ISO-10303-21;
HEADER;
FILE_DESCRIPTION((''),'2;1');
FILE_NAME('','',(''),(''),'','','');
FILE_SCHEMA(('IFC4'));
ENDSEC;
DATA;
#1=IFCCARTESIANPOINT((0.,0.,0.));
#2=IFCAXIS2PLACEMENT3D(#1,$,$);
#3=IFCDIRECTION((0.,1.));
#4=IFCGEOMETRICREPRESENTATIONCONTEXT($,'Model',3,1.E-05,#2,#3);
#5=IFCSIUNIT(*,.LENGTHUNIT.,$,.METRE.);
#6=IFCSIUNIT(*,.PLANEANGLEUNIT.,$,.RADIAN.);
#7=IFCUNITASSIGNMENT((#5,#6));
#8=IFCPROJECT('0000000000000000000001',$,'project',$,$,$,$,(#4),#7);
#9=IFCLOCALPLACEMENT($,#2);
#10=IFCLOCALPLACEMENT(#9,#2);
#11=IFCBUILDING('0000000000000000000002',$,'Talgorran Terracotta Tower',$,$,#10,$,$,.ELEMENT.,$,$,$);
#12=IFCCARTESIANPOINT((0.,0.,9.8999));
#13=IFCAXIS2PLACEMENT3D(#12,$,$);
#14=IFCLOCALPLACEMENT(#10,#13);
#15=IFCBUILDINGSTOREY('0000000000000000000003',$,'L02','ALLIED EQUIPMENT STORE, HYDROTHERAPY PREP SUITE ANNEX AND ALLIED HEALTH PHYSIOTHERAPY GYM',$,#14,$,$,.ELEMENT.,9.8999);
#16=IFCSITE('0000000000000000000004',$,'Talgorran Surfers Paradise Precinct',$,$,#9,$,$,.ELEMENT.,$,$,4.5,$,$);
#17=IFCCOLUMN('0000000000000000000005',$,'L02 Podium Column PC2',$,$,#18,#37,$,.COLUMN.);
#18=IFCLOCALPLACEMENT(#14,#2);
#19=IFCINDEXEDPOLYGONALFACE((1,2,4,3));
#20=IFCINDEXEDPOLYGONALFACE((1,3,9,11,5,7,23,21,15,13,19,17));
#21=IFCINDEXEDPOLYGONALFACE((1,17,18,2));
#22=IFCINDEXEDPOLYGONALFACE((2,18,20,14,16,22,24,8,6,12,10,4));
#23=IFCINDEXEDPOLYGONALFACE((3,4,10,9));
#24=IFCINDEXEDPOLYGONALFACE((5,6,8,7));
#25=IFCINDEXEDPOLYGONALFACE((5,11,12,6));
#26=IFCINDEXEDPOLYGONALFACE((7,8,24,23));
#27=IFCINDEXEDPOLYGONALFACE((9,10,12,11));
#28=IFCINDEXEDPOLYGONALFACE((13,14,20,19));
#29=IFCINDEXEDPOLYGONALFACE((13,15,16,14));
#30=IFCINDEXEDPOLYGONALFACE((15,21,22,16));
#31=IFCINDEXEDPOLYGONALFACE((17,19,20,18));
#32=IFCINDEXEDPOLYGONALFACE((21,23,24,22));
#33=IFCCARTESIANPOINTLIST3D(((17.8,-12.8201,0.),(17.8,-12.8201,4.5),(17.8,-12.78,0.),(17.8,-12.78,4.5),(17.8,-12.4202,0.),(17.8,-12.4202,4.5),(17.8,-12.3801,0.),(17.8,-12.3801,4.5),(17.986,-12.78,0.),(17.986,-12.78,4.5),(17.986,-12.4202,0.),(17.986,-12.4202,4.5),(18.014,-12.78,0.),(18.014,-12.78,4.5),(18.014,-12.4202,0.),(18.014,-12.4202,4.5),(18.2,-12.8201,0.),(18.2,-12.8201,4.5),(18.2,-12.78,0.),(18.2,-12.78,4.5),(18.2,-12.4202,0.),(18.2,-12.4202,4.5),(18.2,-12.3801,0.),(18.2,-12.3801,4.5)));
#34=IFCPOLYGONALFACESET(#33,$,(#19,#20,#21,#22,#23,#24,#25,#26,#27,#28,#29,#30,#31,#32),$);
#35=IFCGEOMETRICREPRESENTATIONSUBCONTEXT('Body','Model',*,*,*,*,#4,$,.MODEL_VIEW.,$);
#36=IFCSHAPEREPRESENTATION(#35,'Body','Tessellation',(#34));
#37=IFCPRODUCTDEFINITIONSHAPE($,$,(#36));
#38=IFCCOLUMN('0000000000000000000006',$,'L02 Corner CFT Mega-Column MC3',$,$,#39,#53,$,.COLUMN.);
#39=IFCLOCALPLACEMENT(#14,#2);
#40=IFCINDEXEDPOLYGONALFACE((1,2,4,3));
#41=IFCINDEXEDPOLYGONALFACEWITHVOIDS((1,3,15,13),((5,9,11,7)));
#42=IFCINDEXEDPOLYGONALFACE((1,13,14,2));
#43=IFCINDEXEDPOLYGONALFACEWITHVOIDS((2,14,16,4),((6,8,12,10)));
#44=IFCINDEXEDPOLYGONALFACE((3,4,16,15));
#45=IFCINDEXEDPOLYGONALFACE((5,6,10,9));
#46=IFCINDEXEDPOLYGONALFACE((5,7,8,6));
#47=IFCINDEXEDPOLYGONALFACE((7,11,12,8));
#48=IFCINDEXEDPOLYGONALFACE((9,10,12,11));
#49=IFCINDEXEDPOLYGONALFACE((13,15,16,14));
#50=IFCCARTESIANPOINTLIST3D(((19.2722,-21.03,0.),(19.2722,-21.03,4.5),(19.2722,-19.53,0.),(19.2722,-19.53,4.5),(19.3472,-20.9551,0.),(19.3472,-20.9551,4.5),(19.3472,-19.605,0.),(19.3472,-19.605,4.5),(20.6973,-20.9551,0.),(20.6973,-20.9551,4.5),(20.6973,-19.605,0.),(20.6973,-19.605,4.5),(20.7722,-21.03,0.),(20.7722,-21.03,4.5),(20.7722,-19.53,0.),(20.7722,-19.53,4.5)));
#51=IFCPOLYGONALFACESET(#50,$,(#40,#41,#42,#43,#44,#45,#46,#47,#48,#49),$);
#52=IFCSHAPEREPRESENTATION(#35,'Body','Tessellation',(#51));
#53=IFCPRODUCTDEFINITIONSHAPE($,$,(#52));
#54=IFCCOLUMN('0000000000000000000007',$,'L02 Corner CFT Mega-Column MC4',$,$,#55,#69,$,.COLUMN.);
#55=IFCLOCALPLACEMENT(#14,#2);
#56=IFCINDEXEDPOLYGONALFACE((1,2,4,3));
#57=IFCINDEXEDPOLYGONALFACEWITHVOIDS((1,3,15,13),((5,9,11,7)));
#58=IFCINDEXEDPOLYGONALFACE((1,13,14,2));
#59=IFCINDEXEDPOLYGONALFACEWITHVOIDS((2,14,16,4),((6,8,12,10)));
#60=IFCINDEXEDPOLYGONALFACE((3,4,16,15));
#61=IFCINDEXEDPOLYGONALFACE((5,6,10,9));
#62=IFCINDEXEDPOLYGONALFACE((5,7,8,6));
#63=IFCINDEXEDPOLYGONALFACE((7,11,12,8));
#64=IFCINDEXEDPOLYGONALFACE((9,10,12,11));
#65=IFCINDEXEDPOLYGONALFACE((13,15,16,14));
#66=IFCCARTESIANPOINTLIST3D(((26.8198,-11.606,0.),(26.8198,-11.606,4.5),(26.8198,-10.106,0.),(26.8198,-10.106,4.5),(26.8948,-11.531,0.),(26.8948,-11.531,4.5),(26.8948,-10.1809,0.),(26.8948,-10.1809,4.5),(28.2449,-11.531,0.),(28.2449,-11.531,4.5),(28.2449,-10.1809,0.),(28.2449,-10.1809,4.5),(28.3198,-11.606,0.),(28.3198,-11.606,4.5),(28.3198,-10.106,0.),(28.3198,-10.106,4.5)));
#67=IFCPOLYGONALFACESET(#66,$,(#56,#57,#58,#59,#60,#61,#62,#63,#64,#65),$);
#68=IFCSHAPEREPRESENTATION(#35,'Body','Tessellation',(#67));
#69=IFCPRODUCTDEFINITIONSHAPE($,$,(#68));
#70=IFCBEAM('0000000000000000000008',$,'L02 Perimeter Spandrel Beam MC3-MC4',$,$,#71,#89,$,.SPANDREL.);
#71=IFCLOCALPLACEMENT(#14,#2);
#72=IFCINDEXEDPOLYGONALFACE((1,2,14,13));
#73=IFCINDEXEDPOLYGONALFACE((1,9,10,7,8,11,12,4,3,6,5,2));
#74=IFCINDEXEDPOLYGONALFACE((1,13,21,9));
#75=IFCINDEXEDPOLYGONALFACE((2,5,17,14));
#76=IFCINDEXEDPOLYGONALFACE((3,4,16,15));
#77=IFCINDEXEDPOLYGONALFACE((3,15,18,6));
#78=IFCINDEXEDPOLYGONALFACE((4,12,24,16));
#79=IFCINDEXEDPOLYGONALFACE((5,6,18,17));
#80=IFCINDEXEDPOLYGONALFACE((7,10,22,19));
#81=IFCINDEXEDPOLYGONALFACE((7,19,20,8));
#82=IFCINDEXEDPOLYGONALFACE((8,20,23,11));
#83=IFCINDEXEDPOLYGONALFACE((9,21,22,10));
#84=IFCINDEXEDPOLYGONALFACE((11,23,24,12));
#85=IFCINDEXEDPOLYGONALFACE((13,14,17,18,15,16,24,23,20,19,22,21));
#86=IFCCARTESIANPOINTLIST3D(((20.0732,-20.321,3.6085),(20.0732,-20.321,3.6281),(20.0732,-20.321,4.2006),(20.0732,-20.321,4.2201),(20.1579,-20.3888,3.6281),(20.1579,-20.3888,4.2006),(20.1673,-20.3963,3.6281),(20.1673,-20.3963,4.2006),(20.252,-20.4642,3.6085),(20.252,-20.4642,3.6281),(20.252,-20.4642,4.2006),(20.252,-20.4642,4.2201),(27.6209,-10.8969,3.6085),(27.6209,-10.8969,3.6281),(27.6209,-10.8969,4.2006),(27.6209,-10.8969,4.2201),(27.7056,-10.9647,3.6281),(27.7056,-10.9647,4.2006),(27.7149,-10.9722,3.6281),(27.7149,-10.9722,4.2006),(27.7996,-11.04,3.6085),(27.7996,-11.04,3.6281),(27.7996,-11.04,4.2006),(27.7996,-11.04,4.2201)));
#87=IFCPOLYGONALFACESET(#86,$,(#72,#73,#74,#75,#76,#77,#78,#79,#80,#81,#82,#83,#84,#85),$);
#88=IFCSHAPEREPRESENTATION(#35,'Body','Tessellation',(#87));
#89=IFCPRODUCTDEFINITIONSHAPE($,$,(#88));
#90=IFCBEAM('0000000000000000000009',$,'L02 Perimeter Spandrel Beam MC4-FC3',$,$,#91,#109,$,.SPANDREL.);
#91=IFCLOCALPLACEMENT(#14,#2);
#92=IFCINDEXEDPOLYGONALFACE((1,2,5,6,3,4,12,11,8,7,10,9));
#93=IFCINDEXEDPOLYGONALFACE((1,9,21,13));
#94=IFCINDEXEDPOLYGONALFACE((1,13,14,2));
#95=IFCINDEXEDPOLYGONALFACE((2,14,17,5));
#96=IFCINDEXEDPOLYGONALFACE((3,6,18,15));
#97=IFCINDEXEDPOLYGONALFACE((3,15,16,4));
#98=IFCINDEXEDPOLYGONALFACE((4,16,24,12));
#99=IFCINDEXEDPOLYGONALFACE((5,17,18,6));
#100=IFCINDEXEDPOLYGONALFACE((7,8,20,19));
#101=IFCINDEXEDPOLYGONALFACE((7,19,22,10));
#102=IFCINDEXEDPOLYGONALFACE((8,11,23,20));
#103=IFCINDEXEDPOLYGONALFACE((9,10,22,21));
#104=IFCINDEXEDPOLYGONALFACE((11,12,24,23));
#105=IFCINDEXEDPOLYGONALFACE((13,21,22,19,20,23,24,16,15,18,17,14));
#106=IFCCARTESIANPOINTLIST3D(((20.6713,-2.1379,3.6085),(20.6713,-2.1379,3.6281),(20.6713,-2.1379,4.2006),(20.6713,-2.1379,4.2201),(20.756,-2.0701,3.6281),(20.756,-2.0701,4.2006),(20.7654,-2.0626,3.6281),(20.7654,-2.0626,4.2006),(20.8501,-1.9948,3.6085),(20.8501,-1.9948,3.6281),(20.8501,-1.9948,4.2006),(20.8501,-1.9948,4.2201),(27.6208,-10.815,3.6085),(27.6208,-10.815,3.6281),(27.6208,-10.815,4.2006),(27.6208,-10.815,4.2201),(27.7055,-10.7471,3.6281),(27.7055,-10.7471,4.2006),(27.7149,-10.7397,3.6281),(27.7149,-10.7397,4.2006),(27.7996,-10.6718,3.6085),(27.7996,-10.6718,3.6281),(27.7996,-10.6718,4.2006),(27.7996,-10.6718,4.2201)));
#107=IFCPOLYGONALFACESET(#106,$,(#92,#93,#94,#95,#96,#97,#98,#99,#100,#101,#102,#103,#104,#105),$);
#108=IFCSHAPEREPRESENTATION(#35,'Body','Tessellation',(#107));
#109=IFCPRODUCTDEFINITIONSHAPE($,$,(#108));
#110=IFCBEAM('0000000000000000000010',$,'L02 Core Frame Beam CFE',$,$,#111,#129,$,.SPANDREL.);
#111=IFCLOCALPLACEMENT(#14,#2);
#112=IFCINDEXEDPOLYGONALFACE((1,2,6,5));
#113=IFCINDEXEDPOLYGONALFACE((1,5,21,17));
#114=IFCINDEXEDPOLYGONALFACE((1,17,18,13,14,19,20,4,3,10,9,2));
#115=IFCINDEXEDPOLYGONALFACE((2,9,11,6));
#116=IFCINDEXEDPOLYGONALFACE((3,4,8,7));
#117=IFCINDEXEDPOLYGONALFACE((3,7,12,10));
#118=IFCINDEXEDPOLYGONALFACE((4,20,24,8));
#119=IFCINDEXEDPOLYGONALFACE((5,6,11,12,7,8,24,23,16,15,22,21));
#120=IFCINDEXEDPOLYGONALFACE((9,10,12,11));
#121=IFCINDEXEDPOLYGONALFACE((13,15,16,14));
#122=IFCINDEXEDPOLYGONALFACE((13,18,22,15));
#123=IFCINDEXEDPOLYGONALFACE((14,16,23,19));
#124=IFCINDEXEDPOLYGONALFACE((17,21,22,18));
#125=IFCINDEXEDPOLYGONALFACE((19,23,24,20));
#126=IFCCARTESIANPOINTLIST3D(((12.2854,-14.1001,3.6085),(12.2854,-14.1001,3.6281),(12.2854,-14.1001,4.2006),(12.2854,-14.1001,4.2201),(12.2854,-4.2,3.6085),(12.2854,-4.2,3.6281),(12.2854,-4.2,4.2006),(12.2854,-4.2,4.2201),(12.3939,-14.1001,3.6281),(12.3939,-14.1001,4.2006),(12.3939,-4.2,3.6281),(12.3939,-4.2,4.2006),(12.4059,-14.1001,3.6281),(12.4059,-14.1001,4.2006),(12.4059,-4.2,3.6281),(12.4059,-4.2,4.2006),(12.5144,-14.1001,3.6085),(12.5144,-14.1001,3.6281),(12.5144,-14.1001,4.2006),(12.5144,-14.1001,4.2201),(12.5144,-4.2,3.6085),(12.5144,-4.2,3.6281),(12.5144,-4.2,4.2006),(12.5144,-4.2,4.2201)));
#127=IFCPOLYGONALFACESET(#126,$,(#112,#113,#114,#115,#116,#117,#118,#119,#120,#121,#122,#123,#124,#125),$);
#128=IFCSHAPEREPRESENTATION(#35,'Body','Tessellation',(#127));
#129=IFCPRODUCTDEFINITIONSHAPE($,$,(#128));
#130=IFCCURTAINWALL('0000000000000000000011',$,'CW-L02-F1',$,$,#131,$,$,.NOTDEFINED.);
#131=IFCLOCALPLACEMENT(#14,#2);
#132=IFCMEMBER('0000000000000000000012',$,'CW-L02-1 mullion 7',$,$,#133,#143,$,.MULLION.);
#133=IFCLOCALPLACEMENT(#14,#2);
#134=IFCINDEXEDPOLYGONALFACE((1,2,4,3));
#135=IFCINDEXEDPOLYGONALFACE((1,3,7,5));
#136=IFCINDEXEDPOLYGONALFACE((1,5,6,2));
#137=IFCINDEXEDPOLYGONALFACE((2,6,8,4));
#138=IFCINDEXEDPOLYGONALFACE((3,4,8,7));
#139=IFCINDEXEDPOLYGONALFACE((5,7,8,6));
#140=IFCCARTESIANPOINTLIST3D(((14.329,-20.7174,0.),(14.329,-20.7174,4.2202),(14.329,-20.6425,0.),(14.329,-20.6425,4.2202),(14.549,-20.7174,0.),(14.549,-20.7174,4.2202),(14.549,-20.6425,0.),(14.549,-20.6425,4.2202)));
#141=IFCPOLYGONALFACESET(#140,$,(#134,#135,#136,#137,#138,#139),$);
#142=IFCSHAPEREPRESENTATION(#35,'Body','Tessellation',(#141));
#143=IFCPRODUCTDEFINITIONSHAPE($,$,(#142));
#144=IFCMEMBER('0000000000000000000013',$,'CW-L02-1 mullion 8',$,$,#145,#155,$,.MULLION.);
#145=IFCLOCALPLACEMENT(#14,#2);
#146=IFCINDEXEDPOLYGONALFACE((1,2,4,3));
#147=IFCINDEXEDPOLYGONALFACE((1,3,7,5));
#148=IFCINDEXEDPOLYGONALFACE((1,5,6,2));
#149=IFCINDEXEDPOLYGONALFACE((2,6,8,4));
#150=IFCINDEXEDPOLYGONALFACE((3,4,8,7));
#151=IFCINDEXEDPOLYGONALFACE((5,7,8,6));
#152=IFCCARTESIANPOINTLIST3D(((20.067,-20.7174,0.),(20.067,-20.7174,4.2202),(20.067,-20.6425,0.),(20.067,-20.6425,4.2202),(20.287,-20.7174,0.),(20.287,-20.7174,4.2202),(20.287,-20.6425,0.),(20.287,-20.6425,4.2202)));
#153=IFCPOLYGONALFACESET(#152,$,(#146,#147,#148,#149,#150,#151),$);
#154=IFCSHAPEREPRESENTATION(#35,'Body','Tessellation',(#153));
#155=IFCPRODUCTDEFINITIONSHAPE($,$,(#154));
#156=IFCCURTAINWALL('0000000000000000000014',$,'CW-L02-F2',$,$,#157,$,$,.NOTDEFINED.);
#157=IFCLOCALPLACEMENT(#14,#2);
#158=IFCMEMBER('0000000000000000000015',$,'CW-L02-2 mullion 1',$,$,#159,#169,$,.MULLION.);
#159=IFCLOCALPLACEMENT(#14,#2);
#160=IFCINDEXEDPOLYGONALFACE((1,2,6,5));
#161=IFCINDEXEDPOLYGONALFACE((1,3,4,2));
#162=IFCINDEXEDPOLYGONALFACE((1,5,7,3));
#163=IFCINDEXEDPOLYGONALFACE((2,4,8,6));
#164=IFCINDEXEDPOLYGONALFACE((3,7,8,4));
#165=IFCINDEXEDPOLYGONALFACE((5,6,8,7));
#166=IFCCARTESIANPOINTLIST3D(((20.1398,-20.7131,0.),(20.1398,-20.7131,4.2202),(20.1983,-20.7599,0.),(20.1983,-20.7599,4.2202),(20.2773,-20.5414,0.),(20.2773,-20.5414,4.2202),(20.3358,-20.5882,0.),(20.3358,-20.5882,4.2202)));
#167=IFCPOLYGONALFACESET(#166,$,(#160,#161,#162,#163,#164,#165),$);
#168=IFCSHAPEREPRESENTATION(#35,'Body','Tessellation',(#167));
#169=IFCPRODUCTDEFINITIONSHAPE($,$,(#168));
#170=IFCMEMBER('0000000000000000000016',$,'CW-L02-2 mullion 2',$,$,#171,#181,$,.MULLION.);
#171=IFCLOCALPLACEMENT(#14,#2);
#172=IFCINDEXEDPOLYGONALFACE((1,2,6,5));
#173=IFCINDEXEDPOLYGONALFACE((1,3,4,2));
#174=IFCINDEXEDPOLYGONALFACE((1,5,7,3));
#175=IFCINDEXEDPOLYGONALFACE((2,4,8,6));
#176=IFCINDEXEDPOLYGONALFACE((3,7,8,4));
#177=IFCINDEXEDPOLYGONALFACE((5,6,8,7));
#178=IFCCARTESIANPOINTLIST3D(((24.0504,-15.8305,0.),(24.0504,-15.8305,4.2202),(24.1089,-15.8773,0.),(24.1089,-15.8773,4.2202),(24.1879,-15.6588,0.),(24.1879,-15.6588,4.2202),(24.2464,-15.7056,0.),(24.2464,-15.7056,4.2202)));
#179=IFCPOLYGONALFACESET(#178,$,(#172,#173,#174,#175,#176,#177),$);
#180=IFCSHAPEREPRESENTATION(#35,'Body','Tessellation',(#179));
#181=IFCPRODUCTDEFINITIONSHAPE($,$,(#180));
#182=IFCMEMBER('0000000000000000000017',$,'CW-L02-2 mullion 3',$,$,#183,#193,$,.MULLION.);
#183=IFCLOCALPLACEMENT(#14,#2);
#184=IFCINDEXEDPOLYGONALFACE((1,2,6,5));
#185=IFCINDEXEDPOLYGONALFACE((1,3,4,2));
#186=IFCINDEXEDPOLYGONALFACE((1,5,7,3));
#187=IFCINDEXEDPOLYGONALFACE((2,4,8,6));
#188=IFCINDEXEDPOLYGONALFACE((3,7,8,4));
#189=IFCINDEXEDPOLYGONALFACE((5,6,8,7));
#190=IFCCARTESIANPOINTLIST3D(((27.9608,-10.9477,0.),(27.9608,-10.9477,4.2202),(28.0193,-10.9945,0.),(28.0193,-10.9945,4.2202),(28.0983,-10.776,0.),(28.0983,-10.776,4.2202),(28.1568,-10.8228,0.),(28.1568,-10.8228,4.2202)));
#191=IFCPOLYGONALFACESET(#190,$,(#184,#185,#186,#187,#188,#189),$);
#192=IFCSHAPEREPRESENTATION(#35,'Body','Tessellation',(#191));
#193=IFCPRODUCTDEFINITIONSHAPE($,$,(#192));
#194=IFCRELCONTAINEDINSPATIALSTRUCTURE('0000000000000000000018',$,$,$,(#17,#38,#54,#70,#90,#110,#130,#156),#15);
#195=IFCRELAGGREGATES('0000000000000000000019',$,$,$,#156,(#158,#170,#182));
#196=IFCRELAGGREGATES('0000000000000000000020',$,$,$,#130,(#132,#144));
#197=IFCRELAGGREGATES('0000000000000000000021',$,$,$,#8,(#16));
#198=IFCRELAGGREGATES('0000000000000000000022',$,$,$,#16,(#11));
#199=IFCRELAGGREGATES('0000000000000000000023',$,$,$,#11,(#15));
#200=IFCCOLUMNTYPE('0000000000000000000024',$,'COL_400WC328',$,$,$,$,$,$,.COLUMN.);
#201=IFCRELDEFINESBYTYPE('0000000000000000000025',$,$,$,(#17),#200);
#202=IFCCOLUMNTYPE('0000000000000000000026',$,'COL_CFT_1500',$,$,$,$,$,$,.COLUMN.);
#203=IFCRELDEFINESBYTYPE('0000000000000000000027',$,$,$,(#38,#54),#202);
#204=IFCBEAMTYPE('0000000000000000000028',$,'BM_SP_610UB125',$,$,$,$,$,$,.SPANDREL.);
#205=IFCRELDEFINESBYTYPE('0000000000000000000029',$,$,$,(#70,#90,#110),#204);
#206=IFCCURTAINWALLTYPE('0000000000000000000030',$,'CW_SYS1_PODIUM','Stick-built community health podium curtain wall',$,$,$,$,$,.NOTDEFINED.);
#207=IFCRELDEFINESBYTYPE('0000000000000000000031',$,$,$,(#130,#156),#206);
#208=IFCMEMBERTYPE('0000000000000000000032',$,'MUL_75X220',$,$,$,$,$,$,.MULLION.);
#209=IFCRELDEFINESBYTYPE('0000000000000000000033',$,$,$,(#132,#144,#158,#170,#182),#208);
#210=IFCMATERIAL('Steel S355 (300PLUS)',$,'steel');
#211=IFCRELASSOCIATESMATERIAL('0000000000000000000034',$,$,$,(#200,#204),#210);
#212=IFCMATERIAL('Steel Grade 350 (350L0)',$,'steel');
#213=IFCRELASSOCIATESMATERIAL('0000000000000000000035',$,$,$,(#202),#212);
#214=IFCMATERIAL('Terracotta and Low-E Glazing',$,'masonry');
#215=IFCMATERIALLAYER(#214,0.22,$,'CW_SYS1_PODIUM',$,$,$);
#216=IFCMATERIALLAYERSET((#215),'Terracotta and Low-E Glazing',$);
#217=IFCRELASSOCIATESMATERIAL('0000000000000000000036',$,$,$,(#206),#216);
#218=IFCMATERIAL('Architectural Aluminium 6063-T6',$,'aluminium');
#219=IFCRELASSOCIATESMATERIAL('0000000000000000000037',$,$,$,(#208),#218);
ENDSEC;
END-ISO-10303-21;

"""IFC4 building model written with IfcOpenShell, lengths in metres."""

from ifc_helpers import new_model, si_unit, direction, frame, origin, origin_2d, place, context, subcontext, project, spatial, rectangle, hollow_rectangle, i_section, extrude, material, layer, layer_set, material_profile, profile_set, type_object, element, aggregate, save


model = new_model("IFC4")

# Units and contexts
model_context = context("Model", 3, precision=1e-05, world=origin(), true_north=direction((0.0, 1.0)))
body_context = subcontext(model_context, "Body", "Model", "MODEL_VIEW")
ifc_project = project(units=[si_unit("LENGTHUNIT", "METRE"), si_unit("PLANEANGLEUNIT", "RADIAN")], contexts=[model_context])

# Site, building, storey
site_placement = place(None, origin())
site = spatial("IfcSite", under=ifc_project, at=site_placement, Name="Talgorran Surfers Paradise Precinct", CompositionType="ELEMENT", RefElevation=4.5)
building_placement = place(site_placement, origin())
building = spatial("IfcBuilding", under=site, at=building_placement, Name="Talgorran Terracotta Tower", CompositionType="ELEMENT")
storey_placement = place(building_placement, frame((0.0, 0.0, 9.8999)))
storey = spatial("IfcBuildingStorey", under=building, at=storey_placement, Name="L02", Description="ALLIED EQUIPMENT STORE, HYDROTHERAPY PREP SUITE ANNEX AND ALLIED HEALTH PHYSIOTHERAPY GYM", CompositionType="ELEMENT", Elevation=9.8999)

# Columns
ifc_material_1 = material(Name="Steel S355 (300PLUS)", Category="steel")
ifc_material_profile_1 = material_profile(ifc_material_1, i_section(OverallWidth=0.3999, OverallDepth=0.4399, WebThickness=0.0281, FlangeThickness=0.04, at=origin_2d()), Name="400WC328")
ifc_profile_set_1 = profile_set([ifc_material_profile_1], Name="Steel S355 (300PLUS)")
column_type_1 = type_object("IfcColumnType", Name="COL_400WC328", PredefinedType="COLUMN", material=ifc_profile_set_1)
column_placement = place(storey_placement, frame((18.0, -12.6001, 0.0), z_axis=(0.0, 0.0, 1.0), x_axis=(1.0, 0.0, 0.0)))
element("IfcColumn", 1, at=column_placement, inside=storey, type_object=column_type_1, Name="L02 Podium Column PC2", PredefinedType="COLUMN", context=body_context, shape_type="SweptSolid", body=[
    extrude(i_section(OverallWidth=0.3999, OverallDepth=0.4399, WebThickness=0.0281, FlangeThickness=0.04, at=origin_2d()), origin(), (0.0, 0.0, 1.0), 4.5),
])
ifc_material_2 = material(Name="Steel Grade 350 (350L0)", Category="steel")
ifc_material_profile_2 = material_profile(ifc_material_2, hollow_rectangle(XDim=1.5, YDim=1.5, WallThickness=0.075, at=origin_2d()), Name="CFT1500X1500X75")
ifc_profile_set_2 = profile_set([ifc_material_profile_2], Name="Steel Grade 350 (350L0)")
column_type_2 = type_object("IfcColumnType", Name="COL_CFT_1500", PredefinedType="COLUMN", material=ifc_profile_set_2)
for number, where, z_axis, x_axis, name in (
    (2, (20.0222, -20.28, 0.0), (0.0, 0.0, 1.0), (1.0, 0.0, 0.0), "L02 Corner CFT Mega-Column MC3"),
    (3, (27.5698, -10.856, 0.0), (0.0, 0.0, 1.0), (1.0, 0.0, 0.0), "L02 Corner CFT Mega-Column MC4"),
):
    element("IfcColumn", number, at=place(storey_placement, frame(where, z_axis=z_axis, x_axis=x_axis)), inside=storey, type_object=column_type_2, Name=name, PredefinedType="COLUMN", context=body_context, shape_type="SweptSolid", body=[
        extrude(hollow_rectangle(XDim=1.5, YDim=1.5, WallThickness=0.075, at=origin_2d()), origin(), (0.0, 0.0, 1.0), 4.5),
    ])

# Beams
ifc_material_profile_3 = material_profile(ifc_material_1, i_section(OverallWidth=0.229, OverallDepth=0.6116, WebThickness=0.012, FlangeThickness=0.0195, at=origin_2d()), Name="610UB125")
ifc_profile_set_3 = profile_set([ifc_material_profile_3], Name="Steel S355 (300PLUS)")
beam_type = type_object("IfcBeamType", Name="BM_SP_610UB125", PredefinedType="SPANDREL", material=ifc_profile_set_3)
beam_1_placement = place(storey_placement, frame((20.1626, -20.3926, 3.9143), z_axis=(0.625117, 0.780531, 0.0), x_axis=(-0.780531, 0.625117, 0.0)))
element("IfcBeam", 4, at=beam_1_placement, inside=storey, type_object=beam_type, Name="L02 Perimeter Spandrel Beam MC3-MC4", PredefinedType="SPANDREL", context=body_context, shape_type="SweptSolid", body=[
    extrude(i_section(OverallWidth=0.229, OverallDepth=0.6116, WebThickness=0.012, FlangeThickness=0.0195, at=origin_2d()), origin(), (0.0, 0.0, 1.0), 12.074),
])
beam_2_placement = place(storey_placement, frame((27.7102, -10.7434, 3.9143), z_axis=(-0.625126, 0.780524, 0.0), x_axis=(-0.780524, -0.625126, 0.0)))
element("IfcBeam", 5, at=beam_2_placement, inside=storey, type_object=beam_type, Name="L02 Perimeter Spandrel Beam MC4-FC3", PredefinedType="SPANDREL", context=body_context, shape_type="SweptSolid", body=[
    extrude(i_section(OverallWidth=0.229, OverallDepth=0.6116, WebThickness=0.012, FlangeThickness=0.0195, at=origin_2d()), origin(), (0.0, 0.0, 1.0), 11.1169),
])
beam_3_placement = place(storey_placement, frame((12.3999, -14.1001, 3.9143), z_axis=(0.0, 1.0, 0.0), x_axis=(-1.0, 0.0, 0.0)))
element("IfcBeam", 6, at=beam_3_placement, inside=storey, type_object=beam_type, Name="L02 Core Frame Beam CFE", PredefinedType="SPANDREL", context=body_context, shape_type="SweptSolid", body=[
    extrude(i_section(OverallWidth=0.229, OverallDepth=0.6116, WebThickness=0.012, FlangeThickness=0.0195, at=origin_2d()), origin(), (0.0, 0.0, 1.0), 9.9001),
])

# Curtain walls, members
ifc_material_3 = material(Name="Terracotta and Low-E Glazing", Category="masonry")
ifc_layer_1 = layer(ifc_material_3, 0.22, Name="CW_SYS1_PODIUM")
ifc_layer_set_1 = layer_set([ifc_layer_1], Name="Terracotta and Low-E Glazing")
curtain_wall_type = type_object("IfcCurtainWallType", Name="CW_SYS1_PODIUM", Description="Stick-built community health podium curtain wall", PredefinedType="NOTDEFINED", material=ifc_layer_set_1)
curtain_wall_1_placement = place(storey_placement, origin())
curtain_wall_1 = element("IfcCurtainWall", 7, at=curtain_wall_1_placement, inside=storey, type_object=curtain_wall_type, Name="CW-L02-F1", PredefinedType="NOTDEFINED")
ifc_material_4 = material(Name="Architectural Aluminium 6063-T6", Category="aluminium")
ifc_material_profile_4 = material_profile(ifc_material_4, rectangle(XDim=0.075, YDim=0.22, at=origin_2d()), Name="CWM75X220")
ifc_profile_set_4 = profile_set([ifc_material_profile_4], Name="Architectural Aluminium 6063-T6")
member_type_1 = type_object("IfcMemberType", Name="MUL_75X220", PredefinedType="MULLION", material=ifc_profile_set_4)
member_1_placement = place(storey_placement, frame((14.439, -20.6799, 0.0), z_axis=(0.0, 0.0, 1.0), x_axis=(0.0, 1.0, 0.0)))
member_1 = element("IfcMember", 8, at=member_1_placement, type_object=member_type_1, Name="CW-L02-1 mullion 7", PredefinedType="MULLION", context=body_context, shape_type="SweptSolid", body=[
    extrude(rectangle(XDim=0.075, YDim=0.22, at=origin_2d()), origin(), (0.0, 0.0, 1.0), 4.2202),
])
member_2_placement = place(storey_placement, frame((20.177, -20.6799, 0.0), z_axis=(0.0, 0.0, 1.0), x_axis=(0.0, 1.0, 0.0)))
member_2 = element("IfcMember", 9, at=member_2_placement, type_object=member_type_1, Name="CW-L02-1 mullion 8", PredefinedType="MULLION", context=body_context, shape_type="SweptSolid", body=[
    extrude(rectangle(XDim=0.075, YDim=0.22, at=origin_2d()), origin(), (0.0, 0.0, 1.0), 4.2202),
])
curtain_wall_2_placement = place(storey_placement, origin())
curtain_wall_2 = element("IfcCurtainWall", 10, at=curtain_wall_2_placement, inside=storey, type_object=curtain_wall_type, Name="CW-L02-F2", PredefinedType="NOTDEFINED")
member_3_placement = place(storey_placement, frame((20.2378, -20.6506, 0.0), z_axis=(0.0, 0.0, 1.0), x_axis=(-0.780532, 0.625116, 0.0)))
member_3 = element("IfcMember", 11, at=member_3_placement, type_object=member_type_1, Name="CW-L02-2 mullion 1", PredefinedType="MULLION", context=body_context, shape_type="SweptSolid", body=[
    extrude(rectangle(XDim=0.075, YDim=0.22, at=origin_2d()), origin(), (0.0, 0.0, 1.0), 4.2202),
])
member_4_placement = place(storey_placement, frame((24.1484, -15.7681, 0.0), z_axis=(0.0, 0.0, 1.0), x_axis=(-0.780532, 0.625116, 0.0)))
member_4 = element("IfcMember", 12, at=member_4_placement, type_object=member_type_1, Name="CW-L02-2 mullion 2", PredefinedType="MULLION", context=body_context, shape_type="SweptSolid", body=[
    extrude(rectangle(XDim=0.075, YDim=0.22, at=origin_2d()), origin(), (0.0, 0.0, 1.0), 4.2202),
])
member_5_placement = place(storey_placement, frame((28.0588, -10.8853, 0.0), z_axis=(0.0, 0.0, 1.0), x_axis=(-0.780532, 0.625116, 0.0)))
member_5 = element("IfcMember", 13, at=member_5_placement, type_object=member_type_1, Name="CW-L02-2 mullion 3", PredefinedType="MULLION", context=body_context, shape_type="SweptSolid", body=[
    extrude(rectangle(XDim=0.075, YDim=0.22, at=origin_2d()), origin(), (0.0, 0.0, 1.0), 4.2202),
])

aggregate(curtain_wall_2, [member_3, member_4, member_5])
aggregate(curtain_wall_1, [member_1, member_2])

save(model, "model.ifc")
